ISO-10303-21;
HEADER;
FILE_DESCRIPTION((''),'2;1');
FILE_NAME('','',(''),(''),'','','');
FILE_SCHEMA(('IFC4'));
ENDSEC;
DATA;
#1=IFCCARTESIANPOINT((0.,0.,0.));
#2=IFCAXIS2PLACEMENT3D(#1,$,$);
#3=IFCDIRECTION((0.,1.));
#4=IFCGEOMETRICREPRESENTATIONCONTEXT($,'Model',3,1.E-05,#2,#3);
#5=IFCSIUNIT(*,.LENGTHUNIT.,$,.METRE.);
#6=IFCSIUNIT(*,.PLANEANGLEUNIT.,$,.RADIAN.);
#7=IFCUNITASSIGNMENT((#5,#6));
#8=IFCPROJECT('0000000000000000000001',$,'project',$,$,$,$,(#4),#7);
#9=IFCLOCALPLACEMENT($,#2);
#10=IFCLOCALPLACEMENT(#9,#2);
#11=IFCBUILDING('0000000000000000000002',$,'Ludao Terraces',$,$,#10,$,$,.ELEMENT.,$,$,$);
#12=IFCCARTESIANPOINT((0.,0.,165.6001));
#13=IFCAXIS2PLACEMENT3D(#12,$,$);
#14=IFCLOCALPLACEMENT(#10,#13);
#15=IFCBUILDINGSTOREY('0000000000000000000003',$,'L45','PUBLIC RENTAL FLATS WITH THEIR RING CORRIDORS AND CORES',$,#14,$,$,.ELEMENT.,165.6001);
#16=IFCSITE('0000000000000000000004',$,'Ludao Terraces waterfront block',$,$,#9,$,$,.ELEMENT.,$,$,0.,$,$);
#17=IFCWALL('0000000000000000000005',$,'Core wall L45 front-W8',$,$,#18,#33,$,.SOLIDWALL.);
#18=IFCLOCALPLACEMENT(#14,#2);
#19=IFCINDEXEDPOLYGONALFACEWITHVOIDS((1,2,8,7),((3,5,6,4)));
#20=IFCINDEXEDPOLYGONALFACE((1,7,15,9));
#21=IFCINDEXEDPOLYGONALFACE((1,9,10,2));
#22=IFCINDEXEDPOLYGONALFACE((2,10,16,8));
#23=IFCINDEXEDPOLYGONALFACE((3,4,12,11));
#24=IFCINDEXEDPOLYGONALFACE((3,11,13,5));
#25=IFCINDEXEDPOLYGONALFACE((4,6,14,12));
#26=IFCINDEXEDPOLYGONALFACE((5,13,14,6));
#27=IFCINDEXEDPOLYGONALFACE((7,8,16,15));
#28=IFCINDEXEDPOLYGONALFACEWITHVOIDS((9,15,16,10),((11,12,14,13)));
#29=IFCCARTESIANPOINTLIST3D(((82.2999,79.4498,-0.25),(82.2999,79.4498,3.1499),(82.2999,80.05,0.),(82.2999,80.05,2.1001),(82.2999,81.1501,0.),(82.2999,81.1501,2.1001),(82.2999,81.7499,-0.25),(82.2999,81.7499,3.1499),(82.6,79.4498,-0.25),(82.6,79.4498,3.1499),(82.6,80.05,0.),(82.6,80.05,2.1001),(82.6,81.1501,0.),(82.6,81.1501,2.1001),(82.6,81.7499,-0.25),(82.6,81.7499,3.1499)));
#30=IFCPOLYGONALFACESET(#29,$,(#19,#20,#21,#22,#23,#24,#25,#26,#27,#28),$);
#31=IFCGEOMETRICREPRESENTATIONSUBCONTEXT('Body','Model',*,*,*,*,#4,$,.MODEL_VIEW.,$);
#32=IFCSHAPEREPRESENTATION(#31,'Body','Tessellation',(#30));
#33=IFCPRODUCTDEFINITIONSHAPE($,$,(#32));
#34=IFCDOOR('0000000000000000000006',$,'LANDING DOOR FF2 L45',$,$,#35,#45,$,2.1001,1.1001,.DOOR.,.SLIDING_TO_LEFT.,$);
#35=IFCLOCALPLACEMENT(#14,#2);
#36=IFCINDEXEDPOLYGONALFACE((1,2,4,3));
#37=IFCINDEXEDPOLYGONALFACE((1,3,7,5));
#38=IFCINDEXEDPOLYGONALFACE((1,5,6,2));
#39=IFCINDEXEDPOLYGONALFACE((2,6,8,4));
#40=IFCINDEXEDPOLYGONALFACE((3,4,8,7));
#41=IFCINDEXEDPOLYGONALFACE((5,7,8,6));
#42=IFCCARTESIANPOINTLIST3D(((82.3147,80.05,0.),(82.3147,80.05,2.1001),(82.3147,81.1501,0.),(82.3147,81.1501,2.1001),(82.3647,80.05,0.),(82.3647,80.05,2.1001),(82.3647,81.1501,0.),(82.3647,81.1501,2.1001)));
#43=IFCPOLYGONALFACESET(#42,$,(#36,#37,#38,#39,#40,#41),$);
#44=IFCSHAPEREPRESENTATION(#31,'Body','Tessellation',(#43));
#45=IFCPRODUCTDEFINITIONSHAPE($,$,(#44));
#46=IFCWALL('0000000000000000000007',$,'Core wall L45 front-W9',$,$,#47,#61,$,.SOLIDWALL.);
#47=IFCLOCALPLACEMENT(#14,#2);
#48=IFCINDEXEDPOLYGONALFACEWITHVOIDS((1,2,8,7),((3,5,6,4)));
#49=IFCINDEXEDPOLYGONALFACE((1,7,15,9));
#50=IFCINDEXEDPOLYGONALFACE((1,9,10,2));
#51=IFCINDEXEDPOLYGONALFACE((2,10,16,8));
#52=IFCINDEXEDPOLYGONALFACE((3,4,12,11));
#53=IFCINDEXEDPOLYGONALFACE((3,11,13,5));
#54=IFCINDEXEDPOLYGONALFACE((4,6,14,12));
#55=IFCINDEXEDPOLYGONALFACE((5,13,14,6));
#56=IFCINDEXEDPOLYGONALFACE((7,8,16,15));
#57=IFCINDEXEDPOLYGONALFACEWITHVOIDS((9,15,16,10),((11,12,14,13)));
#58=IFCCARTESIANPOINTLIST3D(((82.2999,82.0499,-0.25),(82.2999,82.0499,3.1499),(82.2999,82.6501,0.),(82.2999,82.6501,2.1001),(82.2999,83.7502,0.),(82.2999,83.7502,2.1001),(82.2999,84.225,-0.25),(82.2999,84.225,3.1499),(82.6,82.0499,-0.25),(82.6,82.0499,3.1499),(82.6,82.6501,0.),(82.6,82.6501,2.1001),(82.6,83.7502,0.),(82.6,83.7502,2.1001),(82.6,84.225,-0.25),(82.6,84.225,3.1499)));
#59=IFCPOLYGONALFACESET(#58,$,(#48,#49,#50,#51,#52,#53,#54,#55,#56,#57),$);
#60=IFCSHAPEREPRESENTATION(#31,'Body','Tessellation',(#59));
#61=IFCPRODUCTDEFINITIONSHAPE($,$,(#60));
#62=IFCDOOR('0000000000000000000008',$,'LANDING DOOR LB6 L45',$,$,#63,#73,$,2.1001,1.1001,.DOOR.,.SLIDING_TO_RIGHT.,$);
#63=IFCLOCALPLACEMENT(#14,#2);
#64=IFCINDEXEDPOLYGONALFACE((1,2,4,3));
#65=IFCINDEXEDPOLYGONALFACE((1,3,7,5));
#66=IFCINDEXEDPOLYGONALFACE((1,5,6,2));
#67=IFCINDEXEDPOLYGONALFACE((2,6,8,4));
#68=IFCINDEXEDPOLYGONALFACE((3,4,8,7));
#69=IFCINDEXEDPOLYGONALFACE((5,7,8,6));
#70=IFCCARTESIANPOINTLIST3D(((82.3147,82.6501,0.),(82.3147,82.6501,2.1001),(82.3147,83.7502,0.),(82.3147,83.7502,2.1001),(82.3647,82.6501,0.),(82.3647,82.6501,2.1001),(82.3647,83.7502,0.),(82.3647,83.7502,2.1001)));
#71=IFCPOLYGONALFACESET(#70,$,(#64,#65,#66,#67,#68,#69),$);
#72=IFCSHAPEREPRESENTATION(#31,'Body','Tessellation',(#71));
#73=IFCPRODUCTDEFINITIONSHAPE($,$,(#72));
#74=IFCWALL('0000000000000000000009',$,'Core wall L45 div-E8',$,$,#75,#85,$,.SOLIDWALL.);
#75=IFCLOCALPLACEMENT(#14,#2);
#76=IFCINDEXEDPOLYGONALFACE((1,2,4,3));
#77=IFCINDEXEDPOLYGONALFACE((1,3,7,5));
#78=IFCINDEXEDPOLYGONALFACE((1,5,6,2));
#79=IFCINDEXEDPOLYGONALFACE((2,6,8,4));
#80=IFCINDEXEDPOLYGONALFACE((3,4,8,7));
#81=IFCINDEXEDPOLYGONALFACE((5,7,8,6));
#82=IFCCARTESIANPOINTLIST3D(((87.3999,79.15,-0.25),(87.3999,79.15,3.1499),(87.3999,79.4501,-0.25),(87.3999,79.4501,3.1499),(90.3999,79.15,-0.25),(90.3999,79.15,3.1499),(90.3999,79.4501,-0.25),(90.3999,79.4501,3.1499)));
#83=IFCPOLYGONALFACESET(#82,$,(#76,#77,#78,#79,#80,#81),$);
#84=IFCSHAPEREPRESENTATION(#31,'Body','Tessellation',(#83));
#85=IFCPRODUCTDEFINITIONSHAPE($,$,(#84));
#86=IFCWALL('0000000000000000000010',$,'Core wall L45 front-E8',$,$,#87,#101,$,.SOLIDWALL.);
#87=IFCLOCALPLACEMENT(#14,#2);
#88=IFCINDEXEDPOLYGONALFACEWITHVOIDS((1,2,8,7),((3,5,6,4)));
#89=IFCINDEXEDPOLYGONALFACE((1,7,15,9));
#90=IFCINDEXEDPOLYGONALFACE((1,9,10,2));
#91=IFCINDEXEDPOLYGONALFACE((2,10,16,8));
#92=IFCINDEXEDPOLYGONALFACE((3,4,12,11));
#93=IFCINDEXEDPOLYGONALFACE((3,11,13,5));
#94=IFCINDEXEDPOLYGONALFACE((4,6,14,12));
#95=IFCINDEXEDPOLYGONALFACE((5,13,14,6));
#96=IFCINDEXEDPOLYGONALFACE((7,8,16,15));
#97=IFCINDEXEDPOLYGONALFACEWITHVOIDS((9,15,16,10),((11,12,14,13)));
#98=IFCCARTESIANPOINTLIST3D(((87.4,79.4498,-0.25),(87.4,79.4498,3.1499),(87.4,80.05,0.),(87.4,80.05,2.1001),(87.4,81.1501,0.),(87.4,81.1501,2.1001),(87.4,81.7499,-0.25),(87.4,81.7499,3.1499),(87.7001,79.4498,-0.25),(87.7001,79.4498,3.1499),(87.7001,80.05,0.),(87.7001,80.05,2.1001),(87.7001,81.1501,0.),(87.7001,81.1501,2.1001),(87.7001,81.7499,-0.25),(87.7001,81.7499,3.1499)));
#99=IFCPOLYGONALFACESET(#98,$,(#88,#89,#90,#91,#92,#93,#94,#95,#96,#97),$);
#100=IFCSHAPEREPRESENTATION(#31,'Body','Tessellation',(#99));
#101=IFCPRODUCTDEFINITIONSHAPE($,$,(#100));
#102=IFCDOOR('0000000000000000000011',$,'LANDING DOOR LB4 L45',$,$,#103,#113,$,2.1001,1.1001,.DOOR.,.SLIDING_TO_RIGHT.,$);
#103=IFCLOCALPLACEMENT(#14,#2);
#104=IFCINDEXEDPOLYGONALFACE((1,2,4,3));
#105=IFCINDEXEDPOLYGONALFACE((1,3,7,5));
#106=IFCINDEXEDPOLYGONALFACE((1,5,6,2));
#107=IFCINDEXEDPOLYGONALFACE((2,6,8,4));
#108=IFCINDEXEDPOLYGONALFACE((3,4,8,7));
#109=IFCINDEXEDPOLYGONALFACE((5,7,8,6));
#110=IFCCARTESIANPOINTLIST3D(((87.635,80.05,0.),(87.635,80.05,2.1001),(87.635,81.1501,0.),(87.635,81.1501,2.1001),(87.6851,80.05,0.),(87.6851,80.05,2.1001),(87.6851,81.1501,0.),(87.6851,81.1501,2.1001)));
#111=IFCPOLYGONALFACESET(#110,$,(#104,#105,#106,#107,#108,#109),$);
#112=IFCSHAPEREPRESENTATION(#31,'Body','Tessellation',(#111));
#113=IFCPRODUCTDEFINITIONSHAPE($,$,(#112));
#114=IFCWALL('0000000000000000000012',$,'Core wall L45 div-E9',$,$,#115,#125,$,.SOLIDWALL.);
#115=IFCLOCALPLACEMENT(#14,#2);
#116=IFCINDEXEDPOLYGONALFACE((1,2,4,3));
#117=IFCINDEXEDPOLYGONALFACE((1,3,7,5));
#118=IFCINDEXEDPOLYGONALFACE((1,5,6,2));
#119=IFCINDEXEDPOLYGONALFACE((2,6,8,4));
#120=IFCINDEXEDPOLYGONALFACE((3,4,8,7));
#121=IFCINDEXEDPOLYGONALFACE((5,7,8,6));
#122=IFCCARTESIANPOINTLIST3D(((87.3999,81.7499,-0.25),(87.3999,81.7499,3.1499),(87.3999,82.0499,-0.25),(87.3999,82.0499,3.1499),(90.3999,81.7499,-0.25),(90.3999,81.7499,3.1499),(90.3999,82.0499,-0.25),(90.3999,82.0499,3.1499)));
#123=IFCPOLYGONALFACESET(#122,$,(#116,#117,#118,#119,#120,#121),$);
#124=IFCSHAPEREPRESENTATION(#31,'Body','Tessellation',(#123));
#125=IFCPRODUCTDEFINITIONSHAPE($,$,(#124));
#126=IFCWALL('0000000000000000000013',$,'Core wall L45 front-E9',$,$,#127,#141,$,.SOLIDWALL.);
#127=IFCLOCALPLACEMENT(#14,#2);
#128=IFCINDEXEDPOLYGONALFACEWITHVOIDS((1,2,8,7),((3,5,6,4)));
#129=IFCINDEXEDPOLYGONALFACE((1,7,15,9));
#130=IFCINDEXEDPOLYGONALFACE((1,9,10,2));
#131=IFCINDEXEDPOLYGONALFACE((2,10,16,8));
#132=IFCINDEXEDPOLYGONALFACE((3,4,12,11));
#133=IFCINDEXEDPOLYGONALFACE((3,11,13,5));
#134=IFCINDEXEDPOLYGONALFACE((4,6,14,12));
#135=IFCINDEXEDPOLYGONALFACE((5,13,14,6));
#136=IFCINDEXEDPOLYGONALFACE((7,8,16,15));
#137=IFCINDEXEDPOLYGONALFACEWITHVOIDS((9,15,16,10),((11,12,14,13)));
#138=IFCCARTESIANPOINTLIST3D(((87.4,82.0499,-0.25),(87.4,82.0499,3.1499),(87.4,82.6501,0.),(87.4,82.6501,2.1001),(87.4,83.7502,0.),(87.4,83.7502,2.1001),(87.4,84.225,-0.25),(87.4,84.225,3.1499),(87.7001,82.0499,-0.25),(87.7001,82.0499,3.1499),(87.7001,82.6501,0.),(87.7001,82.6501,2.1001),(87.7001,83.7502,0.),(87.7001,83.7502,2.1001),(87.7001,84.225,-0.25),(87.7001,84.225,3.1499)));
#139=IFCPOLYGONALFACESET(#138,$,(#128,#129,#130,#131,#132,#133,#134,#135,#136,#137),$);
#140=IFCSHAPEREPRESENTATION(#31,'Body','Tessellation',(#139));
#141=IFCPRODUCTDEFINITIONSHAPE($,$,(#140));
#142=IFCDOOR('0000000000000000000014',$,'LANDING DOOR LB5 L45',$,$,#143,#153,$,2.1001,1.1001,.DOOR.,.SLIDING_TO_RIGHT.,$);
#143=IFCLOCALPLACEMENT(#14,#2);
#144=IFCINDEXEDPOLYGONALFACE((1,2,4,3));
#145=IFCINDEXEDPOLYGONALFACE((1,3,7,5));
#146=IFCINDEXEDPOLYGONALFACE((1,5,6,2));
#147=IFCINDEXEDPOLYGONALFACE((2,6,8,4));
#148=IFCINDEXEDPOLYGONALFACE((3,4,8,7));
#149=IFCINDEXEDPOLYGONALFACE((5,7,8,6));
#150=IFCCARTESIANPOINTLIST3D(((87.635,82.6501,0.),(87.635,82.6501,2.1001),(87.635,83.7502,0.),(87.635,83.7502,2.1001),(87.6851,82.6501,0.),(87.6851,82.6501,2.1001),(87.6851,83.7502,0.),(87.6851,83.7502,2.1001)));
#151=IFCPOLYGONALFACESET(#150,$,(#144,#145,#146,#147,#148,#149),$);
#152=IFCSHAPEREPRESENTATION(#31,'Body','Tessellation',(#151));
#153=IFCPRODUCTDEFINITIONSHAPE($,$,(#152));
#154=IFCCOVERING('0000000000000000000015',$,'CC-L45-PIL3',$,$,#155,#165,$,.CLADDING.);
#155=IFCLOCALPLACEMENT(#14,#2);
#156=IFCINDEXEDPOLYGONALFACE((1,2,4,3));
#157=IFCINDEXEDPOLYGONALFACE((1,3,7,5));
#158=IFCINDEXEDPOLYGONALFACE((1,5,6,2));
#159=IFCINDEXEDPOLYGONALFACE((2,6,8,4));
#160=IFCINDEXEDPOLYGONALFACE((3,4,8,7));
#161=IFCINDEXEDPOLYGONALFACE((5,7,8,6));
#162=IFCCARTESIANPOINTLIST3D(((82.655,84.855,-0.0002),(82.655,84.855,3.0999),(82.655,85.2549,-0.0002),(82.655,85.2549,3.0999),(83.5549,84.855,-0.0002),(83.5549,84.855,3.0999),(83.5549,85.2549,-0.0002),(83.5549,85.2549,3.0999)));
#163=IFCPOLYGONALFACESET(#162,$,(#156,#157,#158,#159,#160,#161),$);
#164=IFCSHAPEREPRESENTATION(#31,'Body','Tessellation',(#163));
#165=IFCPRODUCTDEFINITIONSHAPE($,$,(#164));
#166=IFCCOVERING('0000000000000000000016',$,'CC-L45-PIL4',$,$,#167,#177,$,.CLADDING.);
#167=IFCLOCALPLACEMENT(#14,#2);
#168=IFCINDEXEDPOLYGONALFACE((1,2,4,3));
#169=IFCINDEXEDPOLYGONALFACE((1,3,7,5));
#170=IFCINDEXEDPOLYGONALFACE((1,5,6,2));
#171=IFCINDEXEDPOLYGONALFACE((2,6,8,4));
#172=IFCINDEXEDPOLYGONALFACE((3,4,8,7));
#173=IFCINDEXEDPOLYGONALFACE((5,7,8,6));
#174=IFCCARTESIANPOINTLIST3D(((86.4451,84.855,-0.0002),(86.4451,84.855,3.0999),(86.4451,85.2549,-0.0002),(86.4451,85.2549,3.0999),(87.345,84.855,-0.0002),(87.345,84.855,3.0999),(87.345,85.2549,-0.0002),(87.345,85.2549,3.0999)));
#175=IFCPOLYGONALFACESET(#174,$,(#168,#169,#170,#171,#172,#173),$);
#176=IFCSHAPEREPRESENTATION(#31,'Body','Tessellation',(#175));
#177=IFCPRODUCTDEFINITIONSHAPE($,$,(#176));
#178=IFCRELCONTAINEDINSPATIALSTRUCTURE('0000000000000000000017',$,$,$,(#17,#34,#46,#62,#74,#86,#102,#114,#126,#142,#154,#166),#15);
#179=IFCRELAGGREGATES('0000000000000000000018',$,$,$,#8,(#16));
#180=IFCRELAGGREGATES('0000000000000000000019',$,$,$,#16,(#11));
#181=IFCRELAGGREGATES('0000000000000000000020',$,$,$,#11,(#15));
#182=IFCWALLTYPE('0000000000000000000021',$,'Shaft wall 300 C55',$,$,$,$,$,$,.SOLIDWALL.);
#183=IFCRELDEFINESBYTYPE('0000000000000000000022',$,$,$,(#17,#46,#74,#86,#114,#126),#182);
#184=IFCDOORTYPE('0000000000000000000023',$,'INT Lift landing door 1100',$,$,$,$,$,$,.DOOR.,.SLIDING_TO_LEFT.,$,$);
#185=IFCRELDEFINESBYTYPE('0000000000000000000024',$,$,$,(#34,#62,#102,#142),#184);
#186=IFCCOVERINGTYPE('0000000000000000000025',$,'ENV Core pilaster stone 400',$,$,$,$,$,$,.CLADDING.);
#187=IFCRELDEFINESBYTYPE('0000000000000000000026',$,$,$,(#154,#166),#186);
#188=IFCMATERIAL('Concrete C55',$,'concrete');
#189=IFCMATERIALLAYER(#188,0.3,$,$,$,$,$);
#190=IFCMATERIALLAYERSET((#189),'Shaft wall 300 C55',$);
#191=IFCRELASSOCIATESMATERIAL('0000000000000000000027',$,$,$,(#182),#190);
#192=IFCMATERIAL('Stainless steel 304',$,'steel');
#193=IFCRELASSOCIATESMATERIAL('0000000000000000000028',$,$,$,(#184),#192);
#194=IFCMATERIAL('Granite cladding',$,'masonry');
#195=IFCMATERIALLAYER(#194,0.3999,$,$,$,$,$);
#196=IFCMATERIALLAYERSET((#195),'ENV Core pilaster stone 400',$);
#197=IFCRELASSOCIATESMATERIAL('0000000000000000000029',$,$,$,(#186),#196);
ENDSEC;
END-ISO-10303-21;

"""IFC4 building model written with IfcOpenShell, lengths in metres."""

from ifc_helpers import new_model, si_unit, direction, frame, frame_2d, origin, origin_2d, place, context, subcontext, project, spatial, rectangle, extrude, material, layer, layer_set, type_object, element, fill, save


model = new_model("IFC4")

# Units and contexts
model_context = context("Model", 3, precision=1e-05, world=origin(), true_north=direction((0.0, 1.0)))
body_context = subcontext(model_context, "Body", "Model", "MODEL_VIEW")
ifc_project = project(units=[si_unit("LENGTHUNIT", "METRE"), si_unit("PLANEANGLEUNIT", "RADIAN")], contexts=[model_context])

# Site, building, storey
site_placement = place(None, origin())
site = spatial("IfcSite", under=ifc_project, at=site_placement, Name="Ludao Terraces waterfront block", CompositionType="ELEMENT", RefElevation=0.0)
building_placement = place(site_placement, origin())
building = spatial("IfcBuilding", under=site, at=building_placement, Name="Ludao Terraces", CompositionType="ELEMENT")
storey_placement = place(building_placement, frame((0.0, 0.0, 165.6001)))
storey = spatial("IfcBuildingStorey", under=building, at=storey_placement, Name="L45", Description="PUBLIC RENTAL FLATS WITH THEIR RING CORRIDORS AND CORES", CompositionType="ELEMENT", Elevation=165.6001)

# Walls, openings, doors
ifc_material_1 = material(Name="Concrete C55", Category="concrete")
ifc_layer_1 = layer(ifc_material_1, 0.3)
ifc_layer_set_1 = layer_set([ifc_layer_1], Name="Shaft wall 300 C55")
wall_type = type_object("IfcWallType", Name="Shaft wall 300 C55", PredefinedType="SOLIDWALL", material=ifc_layer_set_1)
wall_1_placement = place(storey_placement, frame((82.45, 79.45, -0.25), z_axis=(0.0, 0.0, 1.0), x_axis=(0.0, 1.0, 0.0)))
wall_1 = element("IfcWall", 1, at=wall_1_placement, inside=storey, type_object=wall_type, Name="Core wall L45 front-W8", PredefinedType="SOLIDWALL", context=body_context, shape_type="SweptSolid", body=[
    extrude(rectangle(XDim=2.3, YDim=0.3, at=frame_2d((1.1499, 0.0))), origin(), (0.0, 0.0, 1.0), 3.3999),
])
opening_1_placement = place(wall_1_placement, frame((0.6001, 0.0, 0.25)))
opening_1 = element("IfcOpeningElement", 2, at=opening_1_placement, cuts=wall_1, PredefinedType="OPENING", context=body_context, shape_type="SweptSolid", body=[
    extrude(rectangle(XDim=1.1001, YDim=2.1001, at=frame_2d((0.55, 1.05))), frame((0.0, 0.1602, 0.0), z_axis=(0.0, -1.0, 0.0), x_axis=(1.0, 0.0, 0.0)), (0.0, 0.0, 1.0), 0.3201),
])
ifc_material_2 = material(Name="Stainless steel 304", Category="steel")
door_type = type_object("IfcDoorType", Name="INT Lift landing door 1100", OperationType="SLIDING_TO_LEFT", PredefinedType="DOOR", material=ifc_material_2)
door_1_placement = place(opening_1_placement, origin())
door_1 = element("IfcDoor", 3, at=door_1_placement, inside=storey, type_object=door_type, Name="LANDING DOOR FF2 L45", OperationType="SLIDING_TO_LEFT", OverallHeight=2.1001, OverallWidth=1.1001, PredefinedType="DOOR", context=body_context, shape_type="SweptSolid", body=[
    extrude(rectangle(XDim=1.1001, YDim=2.1001, at=frame_2d((0.55, 1.05))), frame((0.0, 0.1353, 0.0), z_axis=(0.0, -1.0, 0.0), x_axis=(1.0, 0.0, 0.0)), (0.0, 0.0, 1.0), 0.05),
])
fill(opening_1, door_1)
wall_2_placement = place(storey_placement, frame((82.45, 82.05, -0.25), z_axis=(0.0, 0.0, 1.0), x_axis=(0.0, 1.0, 0.0)))
wall_2 = element("IfcWall", 4, at=wall_2_placement, inside=storey, type_object=wall_type, Name="Core wall L45 front-W9", PredefinedType="SOLIDWALL", context=body_context, shape_type="SweptSolid", body=[
    extrude(rectangle(XDim=2.175, YDim=0.3, at=frame_2d((1.0874, 0.0))), origin(), (0.0, 0.0, 1.0), 3.3999),
])
opening_2_placement = place(wall_2_placement, frame((0.6001, 0.0, 0.25)))
opening_2 = element("IfcOpeningElement", 5, at=opening_2_placement, cuts=wall_2, PredefinedType="OPENING", context=body_context, shape_type="SweptSolid", body=[
    extrude(rectangle(XDim=1.1001, YDim=2.1001, at=frame_2d((0.55, 1.05))), frame((0.0, 0.1602, 0.0), z_axis=(0.0, -1.0, 0.0), x_axis=(1.0, 0.0, 0.0)), (0.0, 0.0, 1.0), 0.3201),
])
door_2_placement = place(opening_2_placement, origin())
door_2 = element("IfcDoor", 6, at=door_2_placement, inside=storey, type_object=door_type, Name="LANDING DOOR LB6 L45", OperationType="SLIDING_TO_RIGHT", OverallHeight=2.1001, OverallWidth=1.1001, PredefinedType="DOOR", context=body_context, shape_type="SweptSolid", body=[
    extrude(rectangle(XDim=1.1001, YDim=2.1001, at=frame_2d((0.55, 1.05))), frame((0.0, 0.1353, 0.0), z_axis=(0.0, -1.0, 0.0), x_axis=(1.0, 0.0, 0.0)), (0.0, 0.0, 1.0), 0.05),
])
fill(opening_2, door_2)

# Wall
wall_3_placement = place(storey_placement, frame((87.3999, 79.3, -0.25), z_axis=(0.0, 0.0, 1.0), x_axis=(1.0, 0.0, 0.0)))
element("IfcWall", 7, at=wall_3_placement, inside=storey, type_object=wall_type, Name="Core wall L45 div-E8", PredefinedType="SOLIDWALL", context=body_context, shape_type="SweptSolid", body=[
    extrude(rectangle(XDim=3.0, YDim=0.3, at=frame_2d((1.5, 0.0))), origin(), (0.0, 0.0, 1.0), 3.3999),
])

# Wall, opening, door
wall_4_placement = place(storey_placement, frame((87.55, 79.45, -0.25), z_axis=(0.0, 0.0, 1.0), x_axis=(0.0, 1.0, 0.0)))
wall_4 = element("IfcWall", 8, at=wall_4_placement, inside=storey, type_object=wall_type, Name="Core wall L45 front-E8", PredefinedType="SOLIDWALL", context=body_context, shape_type="SweptSolid", body=[
    extrude(rectangle(XDim=2.3, YDim=0.3, at=frame_2d((1.1499, 0.0))), origin(), (0.0, 0.0, 1.0), 3.3999),
])
opening_3_placement = place(wall_4_placement, frame((0.6001, 0.0, 0.25)))
opening_3 = element("IfcOpeningElement", 9, at=opening_3_placement, cuts=wall_4, PredefinedType="OPENING", context=body_context, shape_type="SweptSolid", body=[
    extrude(rectangle(XDim=1.1001, YDim=2.1001, at=frame_2d((0.55, 1.05))), frame((0.0, 0.1602, 0.0), z_axis=(0.0, -1.0, 0.0), x_axis=(1.0, 0.0, 0.0)), (0.0, 0.0, 1.0), 0.3201),
])
door_3_placement = place(opening_3_placement, origin())
door_3 = element("IfcDoor", 10, at=door_3_placement, inside=storey, type_object=door_type, Name="LANDING DOOR LB4 L45", OperationType="SLIDING_TO_RIGHT", OverallHeight=2.1001, OverallWidth=1.1001, PredefinedType="DOOR", context=body_context, shape_type="SweptSolid", body=[
    extrude(rectangle(XDim=1.1001, YDim=2.1001, at=frame_2d((0.55, 1.05))), frame((0.0, -0.085, 0.0), z_axis=(0.0, -1.0, 0.0), x_axis=(1.0, 0.0, 0.0)), (0.0, 0.0, 1.0), 0.05),
])
fill(opening_3, door_3)

# Wall
wall_5_placement = place(storey_placement, frame((87.3999, 81.8999, -0.25), z_axis=(0.0, 0.0, 1.0), x_axis=(1.0, 0.0, 0.0)))
element("IfcWall", 11, at=wall_5_placement, inside=storey, type_object=wall_type, Name="Core wall L45 div-E9", PredefinedType="SOLIDWALL", context=body_context, shape_type="SweptSolid", body=[
    extrude(rectangle(XDim=3.0, YDim=0.3, at=frame_2d((1.5, 0.0))), origin(), (0.0, 0.0, 1.0), 3.3999),
])

# Wall, opening, door
wall_6_placement = place(storey_placement, frame((87.55, 82.05, -0.25), z_axis=(0.0, 0.0, 1.0), x_axis=(0.0, 1.0, 0.0)))
wall_6 = element("IfcWall", 12, at=wall_6_placement, inside=storey, type_object=wall_type, Name="Core wall L45 front-E9", PredefinedType="SOLIDWALL", context=body_context, shape_type="SweptSolid", body=[
    extrude(rectangle(XDim=2.175, YDim=0.3, at=frame_2d((1.0874, 0.0))), origin(), (0.0, 0.0, 1.0), 3.3999),
])
opening_4_placement = place(wall_6_placement, frame((0.6001, 0.0, 0.25)))
opening_4 = element("IfcOpeningElement", 13, at=opening_4_placement, cuts=wall_6, PredefinedType="OPENING", context=body_context, shape_type="SweptSolid", body=[
    extrude(rectangle(XDim=1.1001, YDim=2.1001, at=frame_2d((0.55, 1.05))), frame((0.0, 0.1602, 0.0), z_axis=(0.0, -1.0, 0.0), x_axis=(1.0, 0.0, 0.0)), (0.0, 0.0, 1.0), 0.3201),
])
door_4_placement = place(opening_4_placement, origin())
door_4 = element("IfcDoor", 14, at=door_4_placement, inside=storey, type_object=door_type, Name="LANDING DOOR LB5 L45", OperationType="SLIDING_TO_RIGHT", OverallHeight=2.1001, OverallWidth=1.1001, PredefinedType="DOOR", context=body_context, shape_type="SweptSolid", body=[
    extrude(rectangle(XDim=1.1001, YDim=2.1001, at=frame_2d((0.55, 1.05))), frame((0.0, -0.085, 0.0), z_axis=(0.0, -1.0, 0.0), x_axis=(1.0, 0.0, 0.0)), (0.0, 0.0, 1.0), 0.05),
])
fill(opening_4, door_4)

# Coverings
ifc_material_3 = material(Name="Granite cladding", Category="masonry")
ifc_layer_2 = layer(ifc_material_3, 0.3999)
ifc_layer_set_2 = layer_set([ifc_layer_2], Name="ENV Core pilaster stone 400")
covering_type_1 = type_object("IfcCoveringType", Name="ENV Core pilaster stone 400", PredefinedType="CLADDING", material=ifc_layer_set_2)
for number, where, z_axis, x_axis, name in (
    (15, (83.105, 85.0549, -0.0002), (0.0, 0.0, 1.0), (1.0, 0.0, 0.0), "CC-L45-PIL3"),
    (16, (86.895, 85.0549, -0.0002), (0.0, 0.0, 1.0), (1.0, 0.0, 0.0), "CC-L45-PIL4"),
):
    element("IfcCovering", number, at=place(storey_placement, frame(where, z_axis=z_axis, x_axis=x_axis)), inside=storey, type_object=covering_type_1, Name=name, PredefinedType="CLADDING", context=body_context, shape_type="SweptSolid", body=[
        extrude(rectangle(XDim=0.8999, YDim=0.3999, at=origin_2d()), origin(), (0.0, 0.0, 1.0), 3.1001),
    ])

save(model, "model.ifc")
